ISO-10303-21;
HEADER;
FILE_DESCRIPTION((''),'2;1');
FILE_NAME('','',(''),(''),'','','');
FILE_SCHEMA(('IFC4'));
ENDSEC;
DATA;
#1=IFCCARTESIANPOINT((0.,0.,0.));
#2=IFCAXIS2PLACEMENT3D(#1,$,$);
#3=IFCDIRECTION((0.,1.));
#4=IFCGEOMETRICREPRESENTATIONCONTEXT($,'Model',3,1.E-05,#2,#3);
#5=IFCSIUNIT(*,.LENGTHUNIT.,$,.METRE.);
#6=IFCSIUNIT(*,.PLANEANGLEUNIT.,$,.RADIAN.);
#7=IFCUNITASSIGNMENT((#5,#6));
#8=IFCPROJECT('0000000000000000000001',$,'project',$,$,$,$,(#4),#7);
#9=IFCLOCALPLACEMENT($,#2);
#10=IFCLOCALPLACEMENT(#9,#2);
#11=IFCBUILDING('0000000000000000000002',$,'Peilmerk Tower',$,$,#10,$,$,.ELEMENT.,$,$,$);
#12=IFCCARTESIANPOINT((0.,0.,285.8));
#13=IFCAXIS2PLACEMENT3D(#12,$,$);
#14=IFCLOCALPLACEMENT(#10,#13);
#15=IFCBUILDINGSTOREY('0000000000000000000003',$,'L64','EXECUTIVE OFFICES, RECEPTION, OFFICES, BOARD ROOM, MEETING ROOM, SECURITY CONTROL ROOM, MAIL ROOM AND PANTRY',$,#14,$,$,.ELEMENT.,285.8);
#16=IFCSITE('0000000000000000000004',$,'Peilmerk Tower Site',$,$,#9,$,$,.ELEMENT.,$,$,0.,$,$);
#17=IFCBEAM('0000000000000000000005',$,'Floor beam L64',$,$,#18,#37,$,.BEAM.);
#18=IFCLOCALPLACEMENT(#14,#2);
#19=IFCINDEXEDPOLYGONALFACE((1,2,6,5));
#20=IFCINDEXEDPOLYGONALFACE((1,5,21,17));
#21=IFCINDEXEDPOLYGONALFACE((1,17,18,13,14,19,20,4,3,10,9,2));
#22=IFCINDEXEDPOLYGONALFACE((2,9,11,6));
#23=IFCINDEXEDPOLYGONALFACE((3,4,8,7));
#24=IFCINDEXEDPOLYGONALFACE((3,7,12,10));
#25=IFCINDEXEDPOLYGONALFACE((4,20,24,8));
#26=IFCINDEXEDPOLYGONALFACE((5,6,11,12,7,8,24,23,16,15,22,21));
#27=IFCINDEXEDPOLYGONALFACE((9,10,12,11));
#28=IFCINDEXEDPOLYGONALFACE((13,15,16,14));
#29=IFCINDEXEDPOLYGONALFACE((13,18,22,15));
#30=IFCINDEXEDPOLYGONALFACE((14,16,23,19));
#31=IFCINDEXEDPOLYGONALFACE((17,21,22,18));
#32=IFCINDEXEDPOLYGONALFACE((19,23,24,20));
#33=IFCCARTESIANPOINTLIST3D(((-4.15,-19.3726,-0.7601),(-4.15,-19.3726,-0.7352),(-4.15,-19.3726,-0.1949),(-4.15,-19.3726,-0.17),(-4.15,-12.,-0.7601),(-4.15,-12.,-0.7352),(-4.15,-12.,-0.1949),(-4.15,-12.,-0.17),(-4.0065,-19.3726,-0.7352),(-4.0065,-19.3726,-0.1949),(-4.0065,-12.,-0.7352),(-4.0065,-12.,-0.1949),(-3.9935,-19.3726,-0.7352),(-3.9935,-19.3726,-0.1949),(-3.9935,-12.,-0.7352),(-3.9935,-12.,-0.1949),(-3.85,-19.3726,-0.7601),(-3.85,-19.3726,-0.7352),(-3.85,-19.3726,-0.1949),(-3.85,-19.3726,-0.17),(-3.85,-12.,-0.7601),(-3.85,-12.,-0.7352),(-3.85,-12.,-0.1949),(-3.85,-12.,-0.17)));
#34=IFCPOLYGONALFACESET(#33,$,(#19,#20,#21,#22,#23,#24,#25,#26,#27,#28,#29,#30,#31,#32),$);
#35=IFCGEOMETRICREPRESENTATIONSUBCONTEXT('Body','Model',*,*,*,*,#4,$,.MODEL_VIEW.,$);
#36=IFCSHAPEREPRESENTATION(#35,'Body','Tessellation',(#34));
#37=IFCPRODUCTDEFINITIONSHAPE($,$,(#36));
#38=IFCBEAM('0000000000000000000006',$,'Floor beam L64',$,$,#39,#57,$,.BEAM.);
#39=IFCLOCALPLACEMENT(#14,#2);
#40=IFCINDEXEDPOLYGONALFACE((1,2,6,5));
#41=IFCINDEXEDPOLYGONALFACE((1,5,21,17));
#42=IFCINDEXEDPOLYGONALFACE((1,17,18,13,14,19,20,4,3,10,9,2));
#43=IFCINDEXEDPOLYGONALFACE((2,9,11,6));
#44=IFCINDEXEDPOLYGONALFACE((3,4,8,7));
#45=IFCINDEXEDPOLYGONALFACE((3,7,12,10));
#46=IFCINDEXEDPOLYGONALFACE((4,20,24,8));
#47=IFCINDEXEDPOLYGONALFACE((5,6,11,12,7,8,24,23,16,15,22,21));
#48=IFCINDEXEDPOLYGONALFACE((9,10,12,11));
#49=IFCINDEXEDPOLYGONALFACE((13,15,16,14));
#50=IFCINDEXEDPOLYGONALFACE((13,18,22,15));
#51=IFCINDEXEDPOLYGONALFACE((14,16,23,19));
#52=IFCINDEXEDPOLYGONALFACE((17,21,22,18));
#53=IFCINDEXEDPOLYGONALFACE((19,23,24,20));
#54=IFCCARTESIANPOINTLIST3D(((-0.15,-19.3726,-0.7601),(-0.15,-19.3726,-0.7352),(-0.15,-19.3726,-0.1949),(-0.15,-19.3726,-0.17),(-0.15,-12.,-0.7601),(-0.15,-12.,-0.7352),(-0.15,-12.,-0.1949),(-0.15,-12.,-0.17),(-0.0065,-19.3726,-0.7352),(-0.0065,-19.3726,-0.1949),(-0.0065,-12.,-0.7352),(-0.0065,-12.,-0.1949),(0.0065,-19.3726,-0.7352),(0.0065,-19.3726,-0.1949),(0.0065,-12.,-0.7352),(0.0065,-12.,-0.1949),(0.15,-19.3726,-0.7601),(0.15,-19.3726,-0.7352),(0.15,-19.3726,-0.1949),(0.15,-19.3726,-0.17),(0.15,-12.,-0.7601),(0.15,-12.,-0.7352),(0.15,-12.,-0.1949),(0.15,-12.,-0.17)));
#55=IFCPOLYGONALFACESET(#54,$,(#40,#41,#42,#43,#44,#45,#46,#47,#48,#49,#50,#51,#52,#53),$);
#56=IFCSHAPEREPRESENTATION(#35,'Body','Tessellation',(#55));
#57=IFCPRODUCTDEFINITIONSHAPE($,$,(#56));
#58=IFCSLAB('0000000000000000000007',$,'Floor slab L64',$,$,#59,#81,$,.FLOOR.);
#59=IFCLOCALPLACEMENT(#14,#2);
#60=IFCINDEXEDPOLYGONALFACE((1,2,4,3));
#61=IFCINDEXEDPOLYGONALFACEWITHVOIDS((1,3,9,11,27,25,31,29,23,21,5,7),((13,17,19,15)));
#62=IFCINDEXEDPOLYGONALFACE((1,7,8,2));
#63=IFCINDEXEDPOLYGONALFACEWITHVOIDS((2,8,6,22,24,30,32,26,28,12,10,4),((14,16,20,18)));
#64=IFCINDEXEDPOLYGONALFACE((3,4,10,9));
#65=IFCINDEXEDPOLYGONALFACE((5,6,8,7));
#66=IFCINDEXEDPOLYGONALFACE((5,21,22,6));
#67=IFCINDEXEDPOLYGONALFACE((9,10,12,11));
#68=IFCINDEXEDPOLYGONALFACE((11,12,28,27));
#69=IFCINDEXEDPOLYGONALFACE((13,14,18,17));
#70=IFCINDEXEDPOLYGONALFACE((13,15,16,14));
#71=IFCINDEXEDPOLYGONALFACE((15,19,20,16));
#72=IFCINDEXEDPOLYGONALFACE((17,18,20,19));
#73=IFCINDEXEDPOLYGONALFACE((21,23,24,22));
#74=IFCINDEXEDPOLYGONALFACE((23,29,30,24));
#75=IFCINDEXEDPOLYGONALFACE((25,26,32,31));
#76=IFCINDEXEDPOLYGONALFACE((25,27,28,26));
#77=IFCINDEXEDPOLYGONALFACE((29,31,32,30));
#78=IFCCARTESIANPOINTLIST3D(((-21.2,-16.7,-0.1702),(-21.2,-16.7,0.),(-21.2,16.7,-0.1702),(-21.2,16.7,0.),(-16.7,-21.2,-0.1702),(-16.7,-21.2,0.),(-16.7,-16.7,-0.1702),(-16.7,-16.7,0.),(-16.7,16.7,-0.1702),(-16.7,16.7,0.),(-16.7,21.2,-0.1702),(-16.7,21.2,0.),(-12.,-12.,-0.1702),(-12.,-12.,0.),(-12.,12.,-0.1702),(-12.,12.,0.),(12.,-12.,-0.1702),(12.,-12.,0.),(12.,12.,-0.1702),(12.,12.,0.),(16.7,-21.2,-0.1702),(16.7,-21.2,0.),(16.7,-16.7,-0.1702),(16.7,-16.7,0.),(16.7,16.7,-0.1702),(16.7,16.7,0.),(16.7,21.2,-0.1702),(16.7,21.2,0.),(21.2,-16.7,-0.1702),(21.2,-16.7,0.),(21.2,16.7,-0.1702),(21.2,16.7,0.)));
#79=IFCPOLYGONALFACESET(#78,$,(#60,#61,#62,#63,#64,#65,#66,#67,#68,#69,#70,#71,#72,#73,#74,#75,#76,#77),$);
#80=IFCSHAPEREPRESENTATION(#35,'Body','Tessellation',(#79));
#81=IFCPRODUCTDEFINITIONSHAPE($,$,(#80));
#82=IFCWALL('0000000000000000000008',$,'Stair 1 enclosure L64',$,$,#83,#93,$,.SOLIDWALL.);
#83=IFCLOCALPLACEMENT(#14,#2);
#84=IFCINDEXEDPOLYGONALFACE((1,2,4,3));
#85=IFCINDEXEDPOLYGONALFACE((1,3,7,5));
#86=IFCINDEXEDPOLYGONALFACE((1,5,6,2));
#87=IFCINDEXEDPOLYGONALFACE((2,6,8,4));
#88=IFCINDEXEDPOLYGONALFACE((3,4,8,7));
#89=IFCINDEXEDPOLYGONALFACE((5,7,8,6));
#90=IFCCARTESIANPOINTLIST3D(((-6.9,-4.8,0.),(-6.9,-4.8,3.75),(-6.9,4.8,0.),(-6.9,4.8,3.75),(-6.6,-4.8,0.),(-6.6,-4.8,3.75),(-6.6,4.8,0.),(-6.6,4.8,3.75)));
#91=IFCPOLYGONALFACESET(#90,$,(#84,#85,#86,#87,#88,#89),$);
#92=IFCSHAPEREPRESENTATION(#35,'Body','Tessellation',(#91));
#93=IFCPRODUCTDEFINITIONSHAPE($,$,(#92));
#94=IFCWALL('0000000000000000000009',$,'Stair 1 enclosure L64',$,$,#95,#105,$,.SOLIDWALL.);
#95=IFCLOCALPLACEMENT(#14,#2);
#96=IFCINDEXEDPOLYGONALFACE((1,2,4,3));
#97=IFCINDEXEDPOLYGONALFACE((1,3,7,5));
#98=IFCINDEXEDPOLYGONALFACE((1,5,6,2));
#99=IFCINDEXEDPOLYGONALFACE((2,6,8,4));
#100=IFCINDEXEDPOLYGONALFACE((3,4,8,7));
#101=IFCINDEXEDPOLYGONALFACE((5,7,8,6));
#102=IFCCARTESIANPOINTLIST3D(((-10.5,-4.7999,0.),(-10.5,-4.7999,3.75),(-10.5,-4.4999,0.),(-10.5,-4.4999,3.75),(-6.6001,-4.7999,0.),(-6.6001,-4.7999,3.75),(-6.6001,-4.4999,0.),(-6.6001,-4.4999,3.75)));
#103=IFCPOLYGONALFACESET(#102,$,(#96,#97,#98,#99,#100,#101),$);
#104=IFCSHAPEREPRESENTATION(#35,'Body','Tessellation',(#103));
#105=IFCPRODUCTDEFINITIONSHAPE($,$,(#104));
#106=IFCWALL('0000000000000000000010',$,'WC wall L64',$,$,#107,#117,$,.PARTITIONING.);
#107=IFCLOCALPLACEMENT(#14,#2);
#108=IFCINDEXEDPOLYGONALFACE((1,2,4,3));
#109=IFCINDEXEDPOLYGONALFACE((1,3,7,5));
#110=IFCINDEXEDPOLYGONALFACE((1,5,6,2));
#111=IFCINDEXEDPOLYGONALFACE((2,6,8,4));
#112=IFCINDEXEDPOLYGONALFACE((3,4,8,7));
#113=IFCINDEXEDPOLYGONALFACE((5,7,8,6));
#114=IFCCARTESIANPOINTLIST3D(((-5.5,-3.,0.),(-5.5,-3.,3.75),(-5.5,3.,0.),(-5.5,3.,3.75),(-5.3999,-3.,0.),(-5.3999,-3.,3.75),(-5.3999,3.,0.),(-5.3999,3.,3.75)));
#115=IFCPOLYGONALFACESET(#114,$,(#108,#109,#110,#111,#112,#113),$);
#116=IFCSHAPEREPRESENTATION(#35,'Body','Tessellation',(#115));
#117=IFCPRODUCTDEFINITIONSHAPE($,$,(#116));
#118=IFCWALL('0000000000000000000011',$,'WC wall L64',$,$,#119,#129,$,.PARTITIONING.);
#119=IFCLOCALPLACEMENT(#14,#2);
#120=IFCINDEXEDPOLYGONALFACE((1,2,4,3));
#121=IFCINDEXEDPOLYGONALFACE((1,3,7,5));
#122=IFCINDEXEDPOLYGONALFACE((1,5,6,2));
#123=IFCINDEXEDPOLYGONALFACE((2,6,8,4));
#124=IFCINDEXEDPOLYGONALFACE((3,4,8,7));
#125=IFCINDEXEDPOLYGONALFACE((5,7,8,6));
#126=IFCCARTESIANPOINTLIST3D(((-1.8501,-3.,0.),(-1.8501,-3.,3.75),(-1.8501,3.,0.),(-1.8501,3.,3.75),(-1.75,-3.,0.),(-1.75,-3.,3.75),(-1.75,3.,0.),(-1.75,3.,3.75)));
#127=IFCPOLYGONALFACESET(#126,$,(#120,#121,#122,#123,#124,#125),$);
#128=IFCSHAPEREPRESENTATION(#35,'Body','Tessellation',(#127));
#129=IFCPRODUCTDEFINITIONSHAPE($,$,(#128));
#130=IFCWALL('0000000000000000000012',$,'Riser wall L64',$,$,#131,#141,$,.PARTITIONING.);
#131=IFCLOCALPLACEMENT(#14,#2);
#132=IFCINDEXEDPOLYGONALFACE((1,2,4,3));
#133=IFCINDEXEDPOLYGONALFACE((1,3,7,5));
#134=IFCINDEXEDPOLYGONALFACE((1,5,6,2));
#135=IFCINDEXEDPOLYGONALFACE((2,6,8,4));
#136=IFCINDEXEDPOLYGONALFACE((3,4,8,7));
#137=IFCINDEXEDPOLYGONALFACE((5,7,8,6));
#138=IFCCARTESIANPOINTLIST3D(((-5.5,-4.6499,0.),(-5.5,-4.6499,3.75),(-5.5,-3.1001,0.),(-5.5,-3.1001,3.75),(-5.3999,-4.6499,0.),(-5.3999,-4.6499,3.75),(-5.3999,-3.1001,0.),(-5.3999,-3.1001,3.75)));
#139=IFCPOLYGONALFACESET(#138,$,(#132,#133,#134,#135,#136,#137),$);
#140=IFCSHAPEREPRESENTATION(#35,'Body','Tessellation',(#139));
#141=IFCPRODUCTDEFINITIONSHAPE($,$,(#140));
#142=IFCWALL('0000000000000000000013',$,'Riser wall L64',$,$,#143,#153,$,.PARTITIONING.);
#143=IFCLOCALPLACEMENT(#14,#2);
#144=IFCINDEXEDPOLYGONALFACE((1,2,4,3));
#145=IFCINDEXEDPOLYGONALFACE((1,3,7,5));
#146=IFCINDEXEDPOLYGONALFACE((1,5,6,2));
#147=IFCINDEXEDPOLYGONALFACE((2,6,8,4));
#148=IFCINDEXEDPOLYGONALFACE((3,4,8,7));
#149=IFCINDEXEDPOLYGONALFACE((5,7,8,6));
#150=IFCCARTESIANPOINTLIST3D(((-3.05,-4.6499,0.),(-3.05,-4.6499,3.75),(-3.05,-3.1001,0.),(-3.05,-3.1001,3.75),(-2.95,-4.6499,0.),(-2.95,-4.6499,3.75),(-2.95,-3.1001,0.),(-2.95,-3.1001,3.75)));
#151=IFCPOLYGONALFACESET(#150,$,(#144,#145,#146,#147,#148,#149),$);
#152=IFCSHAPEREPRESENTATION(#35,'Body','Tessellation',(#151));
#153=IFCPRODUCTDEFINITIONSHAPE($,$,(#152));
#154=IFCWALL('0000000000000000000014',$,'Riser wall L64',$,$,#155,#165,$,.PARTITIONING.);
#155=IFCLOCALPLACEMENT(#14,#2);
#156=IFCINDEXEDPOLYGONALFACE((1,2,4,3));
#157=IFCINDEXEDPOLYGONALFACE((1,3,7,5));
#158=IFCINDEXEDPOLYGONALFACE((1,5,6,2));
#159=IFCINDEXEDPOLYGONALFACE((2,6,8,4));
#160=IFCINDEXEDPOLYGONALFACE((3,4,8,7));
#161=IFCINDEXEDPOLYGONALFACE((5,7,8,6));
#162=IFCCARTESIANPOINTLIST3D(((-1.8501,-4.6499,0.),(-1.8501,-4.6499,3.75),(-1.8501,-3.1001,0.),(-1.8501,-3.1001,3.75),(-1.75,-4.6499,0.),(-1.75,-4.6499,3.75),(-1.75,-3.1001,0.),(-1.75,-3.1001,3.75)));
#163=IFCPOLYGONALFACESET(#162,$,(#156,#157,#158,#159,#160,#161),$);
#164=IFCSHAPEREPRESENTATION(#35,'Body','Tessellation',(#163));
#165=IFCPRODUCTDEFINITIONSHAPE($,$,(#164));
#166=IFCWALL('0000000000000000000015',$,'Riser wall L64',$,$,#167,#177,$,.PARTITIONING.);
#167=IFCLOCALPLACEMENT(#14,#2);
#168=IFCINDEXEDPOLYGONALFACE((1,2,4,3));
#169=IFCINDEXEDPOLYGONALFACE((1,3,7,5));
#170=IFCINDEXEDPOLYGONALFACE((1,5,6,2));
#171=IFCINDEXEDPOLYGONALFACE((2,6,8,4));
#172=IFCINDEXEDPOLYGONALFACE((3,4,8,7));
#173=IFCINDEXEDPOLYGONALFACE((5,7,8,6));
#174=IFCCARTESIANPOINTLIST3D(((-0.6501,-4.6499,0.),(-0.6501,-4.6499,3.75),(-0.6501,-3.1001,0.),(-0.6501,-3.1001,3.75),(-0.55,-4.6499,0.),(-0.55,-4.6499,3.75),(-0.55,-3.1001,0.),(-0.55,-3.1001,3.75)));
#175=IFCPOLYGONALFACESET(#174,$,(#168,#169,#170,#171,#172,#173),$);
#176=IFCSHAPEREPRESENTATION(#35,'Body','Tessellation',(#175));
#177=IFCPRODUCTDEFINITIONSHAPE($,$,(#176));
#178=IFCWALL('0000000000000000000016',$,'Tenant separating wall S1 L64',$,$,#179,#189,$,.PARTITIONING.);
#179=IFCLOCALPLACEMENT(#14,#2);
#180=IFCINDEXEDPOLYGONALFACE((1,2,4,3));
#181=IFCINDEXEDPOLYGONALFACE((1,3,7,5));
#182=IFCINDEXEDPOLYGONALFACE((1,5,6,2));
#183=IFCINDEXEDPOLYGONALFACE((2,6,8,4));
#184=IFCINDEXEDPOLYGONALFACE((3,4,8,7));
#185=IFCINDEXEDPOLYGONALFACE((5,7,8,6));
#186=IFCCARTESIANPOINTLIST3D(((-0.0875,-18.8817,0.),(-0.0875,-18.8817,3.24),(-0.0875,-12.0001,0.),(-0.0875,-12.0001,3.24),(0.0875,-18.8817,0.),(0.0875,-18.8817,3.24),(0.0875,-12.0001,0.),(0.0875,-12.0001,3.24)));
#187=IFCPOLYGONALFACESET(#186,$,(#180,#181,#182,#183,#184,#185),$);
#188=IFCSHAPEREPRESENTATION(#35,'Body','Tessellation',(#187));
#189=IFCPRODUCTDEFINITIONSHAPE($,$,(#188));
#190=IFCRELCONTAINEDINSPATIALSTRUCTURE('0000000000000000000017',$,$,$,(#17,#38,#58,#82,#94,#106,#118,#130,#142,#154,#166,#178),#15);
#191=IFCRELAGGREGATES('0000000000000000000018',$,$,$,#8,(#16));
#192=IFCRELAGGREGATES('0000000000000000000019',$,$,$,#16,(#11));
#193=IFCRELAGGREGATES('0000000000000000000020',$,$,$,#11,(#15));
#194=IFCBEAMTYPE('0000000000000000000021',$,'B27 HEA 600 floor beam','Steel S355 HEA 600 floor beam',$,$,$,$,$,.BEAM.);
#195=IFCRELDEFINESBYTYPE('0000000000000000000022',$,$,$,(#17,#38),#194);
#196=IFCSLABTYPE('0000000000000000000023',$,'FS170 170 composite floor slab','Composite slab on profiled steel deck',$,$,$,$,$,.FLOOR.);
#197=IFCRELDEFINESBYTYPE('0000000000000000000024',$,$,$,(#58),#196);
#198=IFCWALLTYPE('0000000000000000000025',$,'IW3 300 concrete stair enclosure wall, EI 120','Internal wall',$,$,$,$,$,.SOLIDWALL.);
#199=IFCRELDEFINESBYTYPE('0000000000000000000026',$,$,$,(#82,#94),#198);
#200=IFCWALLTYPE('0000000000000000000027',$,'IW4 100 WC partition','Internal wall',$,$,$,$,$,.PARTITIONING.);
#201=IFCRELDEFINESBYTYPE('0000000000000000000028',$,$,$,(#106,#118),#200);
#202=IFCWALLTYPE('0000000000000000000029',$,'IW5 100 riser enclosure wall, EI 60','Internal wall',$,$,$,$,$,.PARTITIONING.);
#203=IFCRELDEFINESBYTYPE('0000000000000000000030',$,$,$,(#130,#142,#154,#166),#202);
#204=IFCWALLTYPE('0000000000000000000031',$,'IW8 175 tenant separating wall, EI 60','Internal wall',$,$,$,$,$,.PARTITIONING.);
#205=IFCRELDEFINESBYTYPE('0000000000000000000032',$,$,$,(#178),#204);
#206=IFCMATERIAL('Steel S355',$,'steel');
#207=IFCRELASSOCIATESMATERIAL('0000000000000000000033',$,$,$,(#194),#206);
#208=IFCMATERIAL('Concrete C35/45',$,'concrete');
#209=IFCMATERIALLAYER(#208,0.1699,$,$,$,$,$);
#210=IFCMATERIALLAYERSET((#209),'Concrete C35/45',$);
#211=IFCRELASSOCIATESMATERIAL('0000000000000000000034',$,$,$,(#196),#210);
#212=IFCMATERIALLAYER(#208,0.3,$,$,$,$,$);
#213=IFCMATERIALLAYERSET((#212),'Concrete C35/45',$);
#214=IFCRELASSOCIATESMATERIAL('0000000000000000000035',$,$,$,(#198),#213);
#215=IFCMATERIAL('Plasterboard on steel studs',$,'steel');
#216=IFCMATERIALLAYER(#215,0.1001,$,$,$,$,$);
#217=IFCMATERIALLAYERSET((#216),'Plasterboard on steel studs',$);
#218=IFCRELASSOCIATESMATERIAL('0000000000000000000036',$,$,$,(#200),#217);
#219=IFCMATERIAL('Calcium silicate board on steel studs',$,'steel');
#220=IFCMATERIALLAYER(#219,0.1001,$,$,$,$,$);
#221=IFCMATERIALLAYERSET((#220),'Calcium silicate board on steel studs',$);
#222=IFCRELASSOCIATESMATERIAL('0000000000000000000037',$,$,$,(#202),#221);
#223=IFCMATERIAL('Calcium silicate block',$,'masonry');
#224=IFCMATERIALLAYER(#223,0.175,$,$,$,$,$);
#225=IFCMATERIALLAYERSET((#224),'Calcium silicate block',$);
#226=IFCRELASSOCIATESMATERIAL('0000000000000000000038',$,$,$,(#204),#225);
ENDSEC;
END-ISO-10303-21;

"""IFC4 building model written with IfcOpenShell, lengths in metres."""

from ifc_helpers import new_model, si_unit, direction, frame, frame_2d, origin, origin_2d, place, context, subcontext, project, spatial, polyline, rectangle, i_section, outline, extrude, material, layer, layer_set, material_profile, profile_set, type_object, element, save


model = new_model("IFC4")

# Units and contexts
model_context = context("Model", 3, precision=1e-05, world=origin(), true_north=direction((0.0, 1.0)))
body_context = subcontext(model_context, "Body", "Model", "MODEL_VIEW")
ifc_project = project(units=[si_unit("LENGTHUNIT", "METRE"), si_unit("PLANEANGLEUNIT", "RADIAN")], contexts=[model_context])

# Site, building, storey
site_placement = place(None, origin())
site = spatial("IfcSite", under=ifc_project, at=site_placement, Name="Peilmerk Tower Site", CompositionType="ELEMENT", RefElevation=0.0)
building_placement = place(site_placement, origin())
building = spatial("IfcBuilding", under=site, at=building_placement, Name="Peilmerk Tower", CompositionType="ELEMENT")
storey_placement = place(building_placement, frame((0.0, 0.0, 285.8)))
storey = spatial("IfcBuildingStorey", under=building, at=storey_placement, Name="L64", Description="EXECUTIVE OFFICES, RECEPTION, OFFICES, BOARD ROOM, MEETING ROOM, SECURITY CONTROL ROOM, MAIL ROOM AND PANTRY", CompositionType="ELEMENT", Elevation=285.8)

# Beams
ifc_material_1 = material(Name="Steel S355", Category="steel")
ifc_material_profile = material_profile(ifc_material_1, i_section(OverallWidth=0.3, OverallDepth=0.5901, WebThickness=0.0129, FlangeThickness=0.0249, at=origin_2d()), Name="HEA 600")
ifc_profile_set = profile_set([ifc_material_profile], Name="Steel S355")
beam_type = type_object("IfcBeamType", Name="B27 HEA 600 floor beam", Description="Steel S355 HEA 600 floor beam", PredefinedType="BEAM", material=ifc_profile_set)
for number, where, z_axis, x_axis, name in (
    (1, (-4.0, -12.0, -0.4651), (0.0, -1.0, 0.0), (1.0, 0.0, 0.0), "Floor beam L64"),
    (2, (0.0, -12.0, -0.4651), (0.0, -1.0, 0.0), (1.0, 0.0, 0.0), "Floor beam L64"),
):
    element("IfcBeam", number, at=place(storey_placement, frame(where, z_axis=z_axis, x_axis=x_axis)), inside=storey, type_object=beam_type, Name=name, PredefinedType="BEAM", context=body_context, shape_type="SweptSolid", body=[
        extrude(i_section(OverallWidth=0.3, OverallDepth=0.5901, WebThickness=0.0129, FlangeThickness=0.0249, at=origin_2d()), origin(), (0.0, 0.0, 1.0), 7.3726),
    ])

# Slab
ifc_material_2 = material(Name="Concrete C35/45", Category="concrete")
ifc_layer_1 = layer(ifc_material_2, 0.1699)
ifc_layer_set_1 = layer_set([ifc_layer_1], Name="Concrete C35/45")
slab_type = type_object("IfcSlabType", Name="FS170 170 composite floor slab", Description="Composite slab on profiled steel deck", PredefinedType="FLOOR", material=ifc_layer_set_1)
slab_placement = place(storey_placement, frame((0.0, 0.0, -0.1702)))
element("IfcSlab", 3, at=slab_placement, inside=storey, type_object=slab_type, Name="Floor slab L64", PredefinedType="FLOOR", context=body_context, shape_type="SweptSolid", body=[
    extrude(outline(polyline([(-16.7, -21.2), (16.7, -21.2), (16.7, -16.7), (21.2, -16.7), (21.2, 16.7), (16.7, 16.7), (16.7, 21.2), (-16.7, 21.2), (-16.7, 16.7), (-21.2, 16.7), (-21.2, -16.7), (-16.7, -16.7), (-16.7, -21.2)]), holes=[polyline([(12.0, 12.0), (12.0, -12.0), (-12.0, -12.0), (-12.0, 12.0), (12.0, 12.0)])]), origin(), (0.0, 0.0, 1.0), 0.1702),
])

# Walls
ifc_layer_2 = layer(ifc_material_2, 0.3)
ifc_layer_set_2 = layer_set([ifc_layer_2], Name="Concrete C35/45")
wall_type_1 = type_object("IfcWallType", Name="IW3 300 concrete stair enclosure wall, EI 120", Description="Internal wall", PredefinedType="SOLIDWALL", material=ifc_layer_set_2)
wall_1_placement = place(storey_placement, frame((-6.75, -4.8, 0.0), z_axis=(0.0, 0.0, 1.0), x_axis=(0.0, 1.0, 0.0)))
element("IfcWall", 4, at=wall_1_placement, inside=storey, type_object=wall_type_1, Name="Stair 1 enclosure L64", PredefinedType="SOLIDWALL", context=body_context, shape_type="SweptSolid", body=[
    extrude(rectangle(XDim=9.6001, YDim=0.3, at=frame_2d((4.8, 0.0))), origin(), (0.0, 0.0, 1.0), 3.75),
])
wall_2_placement = place(storey_placement, frame((-6.6001, -4.6499, 0.0), z_axis=(0.0, 0.0, 1.0), x_axis=(-1.0, 0.0, 0.0)))
element("IfcWall", 5, at=wall_2_placement, inside=storey, type_object=wall_type_1, Name="Stair 1 enclosure L64", PredefinedType="SOLIDWALL", context=body_context, shape_type="SweptSolid", body=[
    extrude(rectangle(XDim=3.8999, YDim=0.3, at=frame_2d((1.95, 0.0))), origin(), (0.0, 0.0, 1.0), 3.75),
])
ifc_material_3 = material(Name="Plasterboard on steel studs", Category="steel")
ifc_layer_3 = layer(ifc_material_3, 0.1001)
ifc_layer_set_3 = layer_set([ifc_layer_3], Name="Plasterboard on steel studs")
wall_type_2 = type_object("IfcWallType", Name="IW4 100 WC partition", Description="Internal wall", PredefinedType="PARTITIONING", material=ifc_layer_set_3)
for number, where, z_axis, x_axis, name in (
    (6, (-5.45, -3.0, 0.0), (0.0, 0.0, 1.0), (0.0, 1.0, 0.0), "WC wall L64"),
    (7, (-1.8, -3.0, 0.0), (0.0, 0.0, 1.0), (0.0, 1.0, 0.0), "WC wall L64"),
):
    element("IfcWall", number, at=place(storey_placement, frame(where, z_axis=z_axis, x_axis=x_axis)), inside=storey, type_object=wall_type_2, Name=name, PredefinedType="PARTITIONING", context=body_context, shape_type="SweptSolid", body=[
        extrude(rectangle(XDim=6.0, YDim=0.1001, at=frame_2d((3.0, 0.0))), origin(), (0.0, 0.0, 1.0), 3.75),
    ])
ifc_material_4 = material(Name="Calcium silicate board on steel studs", Category="steel")
ifc_layer_4 = layer(ifc_material_4, 0.1001)
ifc_layer_set_4 = layer_set([ifc_layer_4], Name="Calcium silicate board on steel studs")
wall_type_3 = type_object("IfcWallType", Name="IW5 100 riser enclosure wall, EI 60", Description="Internal wall", PredefinedType="PARTITIONING", material=ifc_layer_set_4)
for number, where, z_axis, x_axis, name in (
    (8, (-5.45, -3.1001, 0.0), (0.0, 0.0, 1.0), (0.0, -1.0, 0.0), "Riser wall L64"),
    (9, (-3.0, -3.1001, 0.0), (0.0, 0.0, 1.0), (0.0, -1.0, 0.0), "Riser wall L64"),
    (10, (-1.8, -3.1001, 0.0), (0.0, 0.0, 1.0), (0.0, -1.0, 0.0), "Riser wall L64"),
    (11, (-0.6001, -3.1001, 0.0), (0.0, 0.0, 1.0), (0.0, -1.0, 0.0), "Riser wall L64"),
):
    element("IfcWall", number, at=place(storey_placement, frame(where, z_axis=z_axis, x_axis=x_axis)), inside=storey, type_object=wall_type_3, Name=name, PredefinedType="PARTITIONING", context=body_context, shape_type="SweptSolid", body=[
        extrude(rectangle(XDim=1.5498, YDim=0.1001, at=frame_2d((0.7749, 0.0))), origin(), (0.0, 0.0, 1.0), 3.75),
    ])
ifc_material_5 = material(Name="Calcium silicate block", Category="masonry")
ifc_layer_5 = layer(ifc_material_5, 0.175)
ifc_layer_set_5 = layer_set([ifc_layer_5], Name="Calcium silicate block")
wall_type_4 = type_object("IfcWallType", Name="IW8 175 tenant separating wall, EI 60", Description="Internal wall", PredefinedType="PARTITIONING", material=ifc_layer_set_5)
wall_3_placement = place(storey_placement, frame((0.0, -12.0, 0.0), z_axis=(0.0, 0.0, 1.0), x_axis=(0.0, -1.0, 0.0)))
element("IfcWall", 12, at=wall_3_placement, inside=storey, type_object=wall_type_4, Name="Tenant separating wall S1 L64", PredefinedType="PARTITIONING", context=body_context, shape_type="SweptSolid", body=[
    extrude(rectangle(XDim=6.8816, YDim=0.175, at=frame_2d((3.4409, 0.0))), origin(), (0.0, 0.0, 1.0), 3.24),
])

save(model, "model.ifc")
